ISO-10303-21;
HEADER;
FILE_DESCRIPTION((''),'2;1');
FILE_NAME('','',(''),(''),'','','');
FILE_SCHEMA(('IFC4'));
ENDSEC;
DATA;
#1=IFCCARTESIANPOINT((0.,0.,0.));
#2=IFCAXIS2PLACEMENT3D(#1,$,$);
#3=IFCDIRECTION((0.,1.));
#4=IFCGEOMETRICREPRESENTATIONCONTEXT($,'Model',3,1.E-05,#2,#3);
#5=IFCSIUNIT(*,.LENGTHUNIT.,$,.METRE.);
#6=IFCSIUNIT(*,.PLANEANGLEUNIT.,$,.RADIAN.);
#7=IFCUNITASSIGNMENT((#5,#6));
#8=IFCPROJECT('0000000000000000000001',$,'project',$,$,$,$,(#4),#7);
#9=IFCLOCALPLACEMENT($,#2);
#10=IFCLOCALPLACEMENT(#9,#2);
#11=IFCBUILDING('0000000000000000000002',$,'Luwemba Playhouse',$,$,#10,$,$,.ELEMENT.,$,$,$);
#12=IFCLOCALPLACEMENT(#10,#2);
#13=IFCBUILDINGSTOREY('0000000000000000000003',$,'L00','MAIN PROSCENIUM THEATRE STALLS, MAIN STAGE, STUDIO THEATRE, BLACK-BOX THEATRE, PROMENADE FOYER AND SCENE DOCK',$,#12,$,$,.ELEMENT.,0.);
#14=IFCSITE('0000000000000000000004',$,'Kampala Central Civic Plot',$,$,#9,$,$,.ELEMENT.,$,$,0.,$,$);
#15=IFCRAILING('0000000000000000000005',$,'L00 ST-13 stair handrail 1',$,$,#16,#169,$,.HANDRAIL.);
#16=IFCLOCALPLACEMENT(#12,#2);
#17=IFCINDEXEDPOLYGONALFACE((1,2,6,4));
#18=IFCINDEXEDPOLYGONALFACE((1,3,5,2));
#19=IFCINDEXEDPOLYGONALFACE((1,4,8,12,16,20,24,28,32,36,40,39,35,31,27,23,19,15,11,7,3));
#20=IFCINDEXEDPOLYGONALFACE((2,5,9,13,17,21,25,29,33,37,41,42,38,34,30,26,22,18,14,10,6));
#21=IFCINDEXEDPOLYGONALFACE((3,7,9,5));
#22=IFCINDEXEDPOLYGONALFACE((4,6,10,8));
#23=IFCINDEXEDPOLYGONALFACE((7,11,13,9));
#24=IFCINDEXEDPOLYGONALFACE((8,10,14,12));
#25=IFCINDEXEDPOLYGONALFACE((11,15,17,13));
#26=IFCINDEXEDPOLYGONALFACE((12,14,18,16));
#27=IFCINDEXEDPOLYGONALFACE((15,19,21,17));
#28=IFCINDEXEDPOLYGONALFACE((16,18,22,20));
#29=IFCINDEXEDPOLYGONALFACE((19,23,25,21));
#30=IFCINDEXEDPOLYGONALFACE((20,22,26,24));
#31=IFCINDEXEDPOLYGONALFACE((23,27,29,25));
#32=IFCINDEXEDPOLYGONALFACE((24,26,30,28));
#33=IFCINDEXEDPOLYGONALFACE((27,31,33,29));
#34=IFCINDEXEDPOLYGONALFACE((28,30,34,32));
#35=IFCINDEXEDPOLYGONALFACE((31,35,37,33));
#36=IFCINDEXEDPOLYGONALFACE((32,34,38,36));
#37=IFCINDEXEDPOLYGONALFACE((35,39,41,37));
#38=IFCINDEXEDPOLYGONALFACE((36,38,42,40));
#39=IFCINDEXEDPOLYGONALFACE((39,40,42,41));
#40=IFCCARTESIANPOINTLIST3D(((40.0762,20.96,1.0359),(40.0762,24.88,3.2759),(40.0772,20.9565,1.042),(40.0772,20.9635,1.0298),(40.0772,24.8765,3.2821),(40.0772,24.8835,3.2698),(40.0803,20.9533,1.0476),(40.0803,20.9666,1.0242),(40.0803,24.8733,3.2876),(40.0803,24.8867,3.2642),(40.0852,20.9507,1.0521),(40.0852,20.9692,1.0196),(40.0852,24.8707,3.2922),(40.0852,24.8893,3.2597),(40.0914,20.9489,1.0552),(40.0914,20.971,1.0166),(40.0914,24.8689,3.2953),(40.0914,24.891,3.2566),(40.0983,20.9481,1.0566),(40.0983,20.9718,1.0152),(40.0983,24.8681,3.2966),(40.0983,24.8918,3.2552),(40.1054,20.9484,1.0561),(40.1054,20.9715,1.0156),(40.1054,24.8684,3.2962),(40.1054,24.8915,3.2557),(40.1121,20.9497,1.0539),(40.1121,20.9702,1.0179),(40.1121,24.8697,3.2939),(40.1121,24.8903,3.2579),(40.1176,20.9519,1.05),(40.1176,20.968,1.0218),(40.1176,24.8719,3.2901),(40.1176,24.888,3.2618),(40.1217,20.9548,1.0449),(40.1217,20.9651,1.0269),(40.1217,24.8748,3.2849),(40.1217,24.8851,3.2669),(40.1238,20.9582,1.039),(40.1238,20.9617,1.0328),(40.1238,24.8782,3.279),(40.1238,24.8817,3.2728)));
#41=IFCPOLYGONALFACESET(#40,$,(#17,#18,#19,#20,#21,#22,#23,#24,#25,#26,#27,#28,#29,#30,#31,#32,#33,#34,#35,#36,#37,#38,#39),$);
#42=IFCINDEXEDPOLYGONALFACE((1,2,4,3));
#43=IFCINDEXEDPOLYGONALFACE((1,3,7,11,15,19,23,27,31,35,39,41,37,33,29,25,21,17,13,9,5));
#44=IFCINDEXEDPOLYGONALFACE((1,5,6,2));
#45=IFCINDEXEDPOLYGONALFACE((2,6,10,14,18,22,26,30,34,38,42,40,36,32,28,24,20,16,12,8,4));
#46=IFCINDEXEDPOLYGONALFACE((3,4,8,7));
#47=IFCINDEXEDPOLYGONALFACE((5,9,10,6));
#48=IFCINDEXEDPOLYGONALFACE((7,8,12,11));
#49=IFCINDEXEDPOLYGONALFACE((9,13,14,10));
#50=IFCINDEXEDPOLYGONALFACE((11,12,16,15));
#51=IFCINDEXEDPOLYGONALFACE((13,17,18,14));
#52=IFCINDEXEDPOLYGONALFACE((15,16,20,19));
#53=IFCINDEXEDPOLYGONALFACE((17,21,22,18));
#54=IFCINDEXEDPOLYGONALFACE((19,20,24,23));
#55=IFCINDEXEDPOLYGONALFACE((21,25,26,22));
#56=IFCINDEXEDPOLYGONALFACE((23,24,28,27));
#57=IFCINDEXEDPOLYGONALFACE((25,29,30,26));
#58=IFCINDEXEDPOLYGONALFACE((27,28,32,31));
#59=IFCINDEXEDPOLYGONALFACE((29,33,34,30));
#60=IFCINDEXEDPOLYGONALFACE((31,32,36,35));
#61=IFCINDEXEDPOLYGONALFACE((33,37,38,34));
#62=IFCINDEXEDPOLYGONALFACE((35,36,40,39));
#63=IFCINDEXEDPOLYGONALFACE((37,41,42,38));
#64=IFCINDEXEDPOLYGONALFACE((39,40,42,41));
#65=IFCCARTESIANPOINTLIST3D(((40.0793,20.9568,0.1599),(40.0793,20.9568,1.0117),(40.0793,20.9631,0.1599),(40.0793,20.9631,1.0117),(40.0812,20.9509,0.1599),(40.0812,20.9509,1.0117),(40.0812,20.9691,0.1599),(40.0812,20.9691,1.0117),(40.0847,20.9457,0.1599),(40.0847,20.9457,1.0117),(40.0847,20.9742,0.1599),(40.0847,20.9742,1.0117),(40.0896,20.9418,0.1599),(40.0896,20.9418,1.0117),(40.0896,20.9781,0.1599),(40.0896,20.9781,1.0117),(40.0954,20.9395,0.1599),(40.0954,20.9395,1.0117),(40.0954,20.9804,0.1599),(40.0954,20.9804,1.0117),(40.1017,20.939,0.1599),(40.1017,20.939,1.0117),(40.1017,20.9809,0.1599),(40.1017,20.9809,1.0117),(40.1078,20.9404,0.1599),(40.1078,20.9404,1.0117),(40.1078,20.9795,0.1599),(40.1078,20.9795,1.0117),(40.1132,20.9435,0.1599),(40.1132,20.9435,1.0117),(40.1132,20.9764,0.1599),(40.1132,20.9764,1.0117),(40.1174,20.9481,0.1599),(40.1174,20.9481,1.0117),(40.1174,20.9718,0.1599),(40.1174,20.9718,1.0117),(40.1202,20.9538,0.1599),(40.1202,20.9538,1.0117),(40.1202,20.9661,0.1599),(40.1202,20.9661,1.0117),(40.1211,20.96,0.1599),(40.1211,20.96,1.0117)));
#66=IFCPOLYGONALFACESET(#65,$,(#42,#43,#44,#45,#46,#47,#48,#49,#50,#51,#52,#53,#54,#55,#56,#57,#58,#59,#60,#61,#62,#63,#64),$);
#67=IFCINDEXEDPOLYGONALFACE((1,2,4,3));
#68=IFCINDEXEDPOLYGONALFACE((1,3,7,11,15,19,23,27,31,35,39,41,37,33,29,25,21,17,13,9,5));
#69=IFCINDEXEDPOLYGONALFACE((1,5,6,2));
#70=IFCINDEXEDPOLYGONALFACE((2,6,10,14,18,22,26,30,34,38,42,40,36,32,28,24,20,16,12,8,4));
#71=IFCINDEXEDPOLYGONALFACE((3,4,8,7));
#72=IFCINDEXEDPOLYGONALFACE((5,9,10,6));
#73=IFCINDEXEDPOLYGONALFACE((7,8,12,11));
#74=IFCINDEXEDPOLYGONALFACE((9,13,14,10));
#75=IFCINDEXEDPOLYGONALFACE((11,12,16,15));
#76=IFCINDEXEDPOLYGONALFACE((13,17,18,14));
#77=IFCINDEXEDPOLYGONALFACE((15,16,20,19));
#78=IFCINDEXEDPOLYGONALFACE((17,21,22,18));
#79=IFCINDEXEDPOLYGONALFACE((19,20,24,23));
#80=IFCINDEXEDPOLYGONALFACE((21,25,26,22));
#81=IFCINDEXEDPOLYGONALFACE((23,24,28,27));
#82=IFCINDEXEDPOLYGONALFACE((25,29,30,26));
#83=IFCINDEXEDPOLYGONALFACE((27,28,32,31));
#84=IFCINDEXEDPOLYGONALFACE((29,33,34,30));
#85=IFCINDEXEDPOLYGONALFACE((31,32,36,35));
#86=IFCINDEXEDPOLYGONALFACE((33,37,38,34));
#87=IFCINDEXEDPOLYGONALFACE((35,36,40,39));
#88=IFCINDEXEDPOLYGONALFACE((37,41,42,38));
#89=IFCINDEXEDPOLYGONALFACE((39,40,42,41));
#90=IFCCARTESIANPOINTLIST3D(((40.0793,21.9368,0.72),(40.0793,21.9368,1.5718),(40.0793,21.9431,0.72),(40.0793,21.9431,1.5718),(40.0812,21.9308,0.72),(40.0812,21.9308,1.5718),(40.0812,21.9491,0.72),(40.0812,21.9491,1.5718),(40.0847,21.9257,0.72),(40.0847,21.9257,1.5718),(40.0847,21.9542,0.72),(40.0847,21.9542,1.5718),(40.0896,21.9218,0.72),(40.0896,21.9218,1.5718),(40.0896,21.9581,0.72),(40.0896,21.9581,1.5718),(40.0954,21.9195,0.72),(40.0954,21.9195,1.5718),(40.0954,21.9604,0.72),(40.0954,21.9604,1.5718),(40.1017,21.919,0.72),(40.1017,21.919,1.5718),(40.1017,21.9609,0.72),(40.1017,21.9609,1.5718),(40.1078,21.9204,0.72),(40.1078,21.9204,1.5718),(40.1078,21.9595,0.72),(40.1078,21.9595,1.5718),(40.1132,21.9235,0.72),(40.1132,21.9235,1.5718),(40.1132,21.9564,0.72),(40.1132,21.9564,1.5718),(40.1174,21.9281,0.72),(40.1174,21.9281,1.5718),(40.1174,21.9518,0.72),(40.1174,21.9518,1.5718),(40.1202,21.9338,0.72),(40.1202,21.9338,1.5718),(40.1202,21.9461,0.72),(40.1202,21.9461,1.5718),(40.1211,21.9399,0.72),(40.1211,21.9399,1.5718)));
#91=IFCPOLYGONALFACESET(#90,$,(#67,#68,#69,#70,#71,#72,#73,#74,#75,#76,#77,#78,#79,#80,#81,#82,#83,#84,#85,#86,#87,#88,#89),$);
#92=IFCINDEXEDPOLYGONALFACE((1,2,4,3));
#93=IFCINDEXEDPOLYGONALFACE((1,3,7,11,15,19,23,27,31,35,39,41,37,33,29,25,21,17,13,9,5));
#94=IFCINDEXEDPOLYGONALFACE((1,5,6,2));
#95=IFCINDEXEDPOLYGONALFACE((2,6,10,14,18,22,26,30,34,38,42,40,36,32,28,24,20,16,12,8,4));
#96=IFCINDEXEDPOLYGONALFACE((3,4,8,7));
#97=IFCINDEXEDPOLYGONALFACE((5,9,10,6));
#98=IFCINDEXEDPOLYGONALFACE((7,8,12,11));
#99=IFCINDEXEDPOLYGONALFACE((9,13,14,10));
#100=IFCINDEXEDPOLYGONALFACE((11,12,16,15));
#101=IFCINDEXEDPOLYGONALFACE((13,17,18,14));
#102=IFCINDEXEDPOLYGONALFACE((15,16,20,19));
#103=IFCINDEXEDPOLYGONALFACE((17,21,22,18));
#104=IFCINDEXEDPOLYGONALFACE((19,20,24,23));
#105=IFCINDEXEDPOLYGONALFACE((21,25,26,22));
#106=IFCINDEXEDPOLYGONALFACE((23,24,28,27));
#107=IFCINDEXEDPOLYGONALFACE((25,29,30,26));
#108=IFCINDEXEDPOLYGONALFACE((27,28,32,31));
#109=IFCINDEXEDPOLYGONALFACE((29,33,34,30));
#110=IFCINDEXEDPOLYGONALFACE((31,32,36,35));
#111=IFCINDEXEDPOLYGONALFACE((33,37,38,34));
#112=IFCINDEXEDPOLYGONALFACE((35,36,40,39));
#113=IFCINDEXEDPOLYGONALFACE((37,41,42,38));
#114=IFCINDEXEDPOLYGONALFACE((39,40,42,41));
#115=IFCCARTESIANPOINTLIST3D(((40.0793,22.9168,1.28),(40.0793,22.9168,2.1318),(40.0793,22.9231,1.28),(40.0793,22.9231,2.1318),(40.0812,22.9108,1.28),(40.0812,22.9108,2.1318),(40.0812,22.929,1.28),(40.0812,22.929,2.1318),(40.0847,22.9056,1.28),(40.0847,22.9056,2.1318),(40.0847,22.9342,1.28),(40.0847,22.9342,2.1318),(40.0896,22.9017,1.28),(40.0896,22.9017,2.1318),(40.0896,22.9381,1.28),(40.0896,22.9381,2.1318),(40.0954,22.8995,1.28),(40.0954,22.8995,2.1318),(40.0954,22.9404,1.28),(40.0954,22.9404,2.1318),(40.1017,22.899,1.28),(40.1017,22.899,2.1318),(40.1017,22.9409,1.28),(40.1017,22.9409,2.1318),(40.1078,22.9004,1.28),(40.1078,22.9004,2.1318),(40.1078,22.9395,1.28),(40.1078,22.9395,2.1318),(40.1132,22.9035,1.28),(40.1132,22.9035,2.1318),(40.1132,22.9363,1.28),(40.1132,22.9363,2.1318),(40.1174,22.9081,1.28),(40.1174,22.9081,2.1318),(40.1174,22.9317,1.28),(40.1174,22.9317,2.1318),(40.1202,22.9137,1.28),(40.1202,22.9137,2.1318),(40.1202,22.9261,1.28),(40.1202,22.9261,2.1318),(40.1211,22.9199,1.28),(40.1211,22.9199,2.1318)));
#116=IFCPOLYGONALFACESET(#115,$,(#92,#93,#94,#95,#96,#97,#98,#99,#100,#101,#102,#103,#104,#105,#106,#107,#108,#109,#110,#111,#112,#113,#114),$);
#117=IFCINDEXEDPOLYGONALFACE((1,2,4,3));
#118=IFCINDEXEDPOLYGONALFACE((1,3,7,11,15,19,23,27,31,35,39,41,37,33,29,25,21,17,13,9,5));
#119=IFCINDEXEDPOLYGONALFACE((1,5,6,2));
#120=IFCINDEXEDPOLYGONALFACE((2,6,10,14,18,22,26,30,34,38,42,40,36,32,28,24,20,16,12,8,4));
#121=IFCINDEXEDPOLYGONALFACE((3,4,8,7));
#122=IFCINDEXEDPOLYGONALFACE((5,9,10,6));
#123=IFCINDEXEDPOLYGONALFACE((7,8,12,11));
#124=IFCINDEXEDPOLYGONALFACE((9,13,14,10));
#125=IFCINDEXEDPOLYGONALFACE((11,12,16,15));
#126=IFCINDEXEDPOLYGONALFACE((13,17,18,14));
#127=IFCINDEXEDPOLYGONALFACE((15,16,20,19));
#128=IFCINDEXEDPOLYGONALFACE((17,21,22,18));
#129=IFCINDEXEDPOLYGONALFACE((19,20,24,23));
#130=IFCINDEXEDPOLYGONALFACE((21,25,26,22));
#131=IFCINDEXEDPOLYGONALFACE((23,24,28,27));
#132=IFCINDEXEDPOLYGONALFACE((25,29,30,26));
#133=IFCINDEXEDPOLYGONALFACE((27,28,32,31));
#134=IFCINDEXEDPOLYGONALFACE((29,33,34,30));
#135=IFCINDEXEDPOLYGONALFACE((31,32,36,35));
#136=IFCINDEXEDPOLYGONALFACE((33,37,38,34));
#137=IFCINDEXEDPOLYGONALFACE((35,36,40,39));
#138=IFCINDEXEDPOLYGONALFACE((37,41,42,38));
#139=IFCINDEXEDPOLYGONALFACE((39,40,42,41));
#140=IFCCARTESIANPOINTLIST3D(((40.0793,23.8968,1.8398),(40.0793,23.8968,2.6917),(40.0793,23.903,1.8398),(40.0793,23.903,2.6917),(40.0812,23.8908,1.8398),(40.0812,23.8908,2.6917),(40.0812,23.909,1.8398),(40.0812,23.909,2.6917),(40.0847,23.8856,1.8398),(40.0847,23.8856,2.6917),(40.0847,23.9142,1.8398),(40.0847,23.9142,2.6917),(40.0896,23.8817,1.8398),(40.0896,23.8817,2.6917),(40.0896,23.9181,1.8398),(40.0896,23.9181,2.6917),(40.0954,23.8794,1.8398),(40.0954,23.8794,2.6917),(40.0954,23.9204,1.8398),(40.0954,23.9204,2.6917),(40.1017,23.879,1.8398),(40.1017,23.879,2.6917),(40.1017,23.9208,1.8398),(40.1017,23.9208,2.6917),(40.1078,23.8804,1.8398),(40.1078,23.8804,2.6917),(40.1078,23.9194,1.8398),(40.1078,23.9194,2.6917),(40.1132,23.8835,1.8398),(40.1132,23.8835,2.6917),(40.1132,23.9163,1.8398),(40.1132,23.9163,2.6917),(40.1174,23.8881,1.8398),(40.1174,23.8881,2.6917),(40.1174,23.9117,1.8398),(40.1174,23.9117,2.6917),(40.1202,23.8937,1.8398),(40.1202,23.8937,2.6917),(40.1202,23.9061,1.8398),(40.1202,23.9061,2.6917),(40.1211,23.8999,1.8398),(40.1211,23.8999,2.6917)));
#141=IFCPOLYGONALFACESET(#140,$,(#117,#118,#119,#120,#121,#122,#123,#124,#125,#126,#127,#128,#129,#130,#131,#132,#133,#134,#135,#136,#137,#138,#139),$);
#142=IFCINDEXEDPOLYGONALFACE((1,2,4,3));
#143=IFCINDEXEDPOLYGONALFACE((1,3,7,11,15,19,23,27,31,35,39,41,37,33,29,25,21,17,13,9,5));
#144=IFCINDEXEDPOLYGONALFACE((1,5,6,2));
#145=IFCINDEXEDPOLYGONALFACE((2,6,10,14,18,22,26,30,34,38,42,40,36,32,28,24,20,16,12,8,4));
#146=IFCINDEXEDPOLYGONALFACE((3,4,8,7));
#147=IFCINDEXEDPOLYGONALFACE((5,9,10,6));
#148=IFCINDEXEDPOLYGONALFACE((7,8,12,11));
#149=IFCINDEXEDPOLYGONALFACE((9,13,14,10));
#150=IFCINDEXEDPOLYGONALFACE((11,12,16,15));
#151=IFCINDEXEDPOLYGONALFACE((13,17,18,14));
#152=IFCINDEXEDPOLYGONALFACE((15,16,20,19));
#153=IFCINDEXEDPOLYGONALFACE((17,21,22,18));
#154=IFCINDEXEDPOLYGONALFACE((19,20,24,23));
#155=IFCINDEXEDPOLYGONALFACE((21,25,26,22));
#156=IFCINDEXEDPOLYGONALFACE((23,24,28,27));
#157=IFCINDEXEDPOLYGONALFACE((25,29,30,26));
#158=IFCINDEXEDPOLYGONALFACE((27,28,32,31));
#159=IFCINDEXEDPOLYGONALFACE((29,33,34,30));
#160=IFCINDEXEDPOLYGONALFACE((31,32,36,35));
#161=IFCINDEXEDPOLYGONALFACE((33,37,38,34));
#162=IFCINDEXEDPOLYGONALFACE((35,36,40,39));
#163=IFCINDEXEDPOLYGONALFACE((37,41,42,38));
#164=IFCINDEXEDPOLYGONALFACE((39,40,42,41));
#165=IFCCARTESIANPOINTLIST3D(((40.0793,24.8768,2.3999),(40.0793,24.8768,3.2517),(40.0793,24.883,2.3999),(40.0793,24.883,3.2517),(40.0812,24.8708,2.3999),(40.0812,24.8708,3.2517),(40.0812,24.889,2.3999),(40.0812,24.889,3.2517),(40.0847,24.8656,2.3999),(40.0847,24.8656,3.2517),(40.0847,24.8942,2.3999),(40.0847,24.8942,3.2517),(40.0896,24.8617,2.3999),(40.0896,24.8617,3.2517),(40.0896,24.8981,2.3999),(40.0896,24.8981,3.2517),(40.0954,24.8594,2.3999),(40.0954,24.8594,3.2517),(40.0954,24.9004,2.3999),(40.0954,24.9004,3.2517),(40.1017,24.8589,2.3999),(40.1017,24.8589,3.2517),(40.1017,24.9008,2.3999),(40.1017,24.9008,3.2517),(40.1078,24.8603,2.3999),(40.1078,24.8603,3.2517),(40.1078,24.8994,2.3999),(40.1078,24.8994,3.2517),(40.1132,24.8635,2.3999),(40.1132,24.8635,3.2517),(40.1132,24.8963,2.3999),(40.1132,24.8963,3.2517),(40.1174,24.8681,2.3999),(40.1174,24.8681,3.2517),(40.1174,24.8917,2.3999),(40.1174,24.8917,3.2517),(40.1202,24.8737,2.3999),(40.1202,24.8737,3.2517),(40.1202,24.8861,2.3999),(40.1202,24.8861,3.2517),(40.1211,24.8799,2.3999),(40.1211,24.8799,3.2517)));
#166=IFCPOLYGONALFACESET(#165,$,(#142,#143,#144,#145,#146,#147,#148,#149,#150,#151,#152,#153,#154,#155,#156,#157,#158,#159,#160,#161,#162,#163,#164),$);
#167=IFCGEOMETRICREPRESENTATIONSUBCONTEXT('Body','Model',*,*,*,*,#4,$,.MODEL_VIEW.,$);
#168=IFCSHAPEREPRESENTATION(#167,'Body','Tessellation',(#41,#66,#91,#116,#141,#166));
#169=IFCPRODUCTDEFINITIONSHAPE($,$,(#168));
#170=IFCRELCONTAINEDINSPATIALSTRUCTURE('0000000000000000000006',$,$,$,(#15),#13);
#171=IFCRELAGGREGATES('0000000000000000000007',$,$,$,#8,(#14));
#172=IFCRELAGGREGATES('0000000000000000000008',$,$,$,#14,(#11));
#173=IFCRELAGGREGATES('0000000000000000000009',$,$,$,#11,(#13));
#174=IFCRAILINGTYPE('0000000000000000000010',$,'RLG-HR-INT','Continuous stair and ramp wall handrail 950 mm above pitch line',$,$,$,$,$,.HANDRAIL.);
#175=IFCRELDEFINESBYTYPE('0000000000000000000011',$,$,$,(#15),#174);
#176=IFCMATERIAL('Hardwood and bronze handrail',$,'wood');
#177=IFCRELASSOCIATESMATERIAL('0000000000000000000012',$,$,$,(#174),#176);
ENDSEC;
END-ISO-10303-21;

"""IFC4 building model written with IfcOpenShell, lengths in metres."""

from ifc_helpers import new_model, si_unit, direction, frame, origin, origin_2d, place, context, subcontext, project, spatial, circle, extrude, material, type_object, element, save


model = new_model("IFC4")

# Units and contexts
model_context = context("Model", 3, precision=1e-05, world=origin(), true_north=direction((0.0, 1.0)))
body_context = subcontext(model_context, "Body", "Model", "MODEL_VIEW")
ifc_project = project(units=[si_unit("LENGTHUNIT", "METRE"), si_unit("PLANEANGLEUNIT", "RADIAN")], contexts=[model_context])

# Site, building, storey
site_placement = place(None, origin())
site = spatial("IfcSite", under=ifc_project, at=site_placement, Name="Kampala Central Civic Plot", CompositionType="ELEMENT", RefElevation=0.0)
building_placement = place(site_placement, origin())
building = spatial("IfcBuilding", under=site, at=building_placement, Name="Luwemba Playhouse", CompositionType="ELEMENT")
storey_placement = place(building_placement, origin())
storey = spatial("IfcBuildingStorey", under=building, at=storey_placement, Name="L00", Description="MAIN PROSCENIUM THEATRE STALLS, MAIN STAGE, STUDIO THEATRE, BLACK-BOX THEATRE, PROMENADE FOYER AND SCENE DOCK", CompositionType="ELEMENT", Elevation=0.0)

# Railing
ifc_material_1 = material(Name="Hardwood and bronze handrail", Category="wood")
railing_type_1 = type_object("IfcRailingType", Name="RLG-HR-INT", Description="Continuous stair and ramp wall handrail 950 mm above pitch line", PredefinedType="HANDRAIL", material=ifc_material_1)
railing_1_placement = place(storey_placement, frame((40.1001, 20.96, 0.1599)))
element("IfcRailing", 1, at=railing_1_placement, inside=storey, type_object=railing_type_1, Name="L00 ST-13 stair handrail 1", PredefinedType="HANDRAIL", context=body_context, shape_type="SweptSolid", body=[
    extrude(circle(Radius=0.0239, at=origin_2d()), frame((0.0, 0.0, 0.876), z_axis=(0.0, 0.86824, 0.496145), x_axis=(-1.0, 0.0, 0.0)), (0.0, 0.0, 1.0), 4.5149),
    extrude(circle(Radius=0.021, at=origin_2d()), origin(), (0.0, 0.0, 1.0), 0.8518),
    extrude(circle(Radius=0.021, at=origin_2d()), frame((0.0, 0.98, 0.5601)), (0.0, 0.0, 1.0), 0.8518),
    extrude(circle(Radius=0.021, at=origin_2d()), frame((0.0, 1.96, 1.1201)), (0.0, 0.0, 1.0), 0.8518),
    extrude(circle(Radius=0.021, at=origin_2d()), frame((0.0, 2.9399, 1.6799)), (0.0, 0.0, 1.0), 0.8518),
    extrude(circle(Radius=0.021, at=origin_2d()), frame((0.0, 3.9199, 2.24)), (0.0, 0.0, 1.0), 0.8518),
])

save(model, "model.ifc")
